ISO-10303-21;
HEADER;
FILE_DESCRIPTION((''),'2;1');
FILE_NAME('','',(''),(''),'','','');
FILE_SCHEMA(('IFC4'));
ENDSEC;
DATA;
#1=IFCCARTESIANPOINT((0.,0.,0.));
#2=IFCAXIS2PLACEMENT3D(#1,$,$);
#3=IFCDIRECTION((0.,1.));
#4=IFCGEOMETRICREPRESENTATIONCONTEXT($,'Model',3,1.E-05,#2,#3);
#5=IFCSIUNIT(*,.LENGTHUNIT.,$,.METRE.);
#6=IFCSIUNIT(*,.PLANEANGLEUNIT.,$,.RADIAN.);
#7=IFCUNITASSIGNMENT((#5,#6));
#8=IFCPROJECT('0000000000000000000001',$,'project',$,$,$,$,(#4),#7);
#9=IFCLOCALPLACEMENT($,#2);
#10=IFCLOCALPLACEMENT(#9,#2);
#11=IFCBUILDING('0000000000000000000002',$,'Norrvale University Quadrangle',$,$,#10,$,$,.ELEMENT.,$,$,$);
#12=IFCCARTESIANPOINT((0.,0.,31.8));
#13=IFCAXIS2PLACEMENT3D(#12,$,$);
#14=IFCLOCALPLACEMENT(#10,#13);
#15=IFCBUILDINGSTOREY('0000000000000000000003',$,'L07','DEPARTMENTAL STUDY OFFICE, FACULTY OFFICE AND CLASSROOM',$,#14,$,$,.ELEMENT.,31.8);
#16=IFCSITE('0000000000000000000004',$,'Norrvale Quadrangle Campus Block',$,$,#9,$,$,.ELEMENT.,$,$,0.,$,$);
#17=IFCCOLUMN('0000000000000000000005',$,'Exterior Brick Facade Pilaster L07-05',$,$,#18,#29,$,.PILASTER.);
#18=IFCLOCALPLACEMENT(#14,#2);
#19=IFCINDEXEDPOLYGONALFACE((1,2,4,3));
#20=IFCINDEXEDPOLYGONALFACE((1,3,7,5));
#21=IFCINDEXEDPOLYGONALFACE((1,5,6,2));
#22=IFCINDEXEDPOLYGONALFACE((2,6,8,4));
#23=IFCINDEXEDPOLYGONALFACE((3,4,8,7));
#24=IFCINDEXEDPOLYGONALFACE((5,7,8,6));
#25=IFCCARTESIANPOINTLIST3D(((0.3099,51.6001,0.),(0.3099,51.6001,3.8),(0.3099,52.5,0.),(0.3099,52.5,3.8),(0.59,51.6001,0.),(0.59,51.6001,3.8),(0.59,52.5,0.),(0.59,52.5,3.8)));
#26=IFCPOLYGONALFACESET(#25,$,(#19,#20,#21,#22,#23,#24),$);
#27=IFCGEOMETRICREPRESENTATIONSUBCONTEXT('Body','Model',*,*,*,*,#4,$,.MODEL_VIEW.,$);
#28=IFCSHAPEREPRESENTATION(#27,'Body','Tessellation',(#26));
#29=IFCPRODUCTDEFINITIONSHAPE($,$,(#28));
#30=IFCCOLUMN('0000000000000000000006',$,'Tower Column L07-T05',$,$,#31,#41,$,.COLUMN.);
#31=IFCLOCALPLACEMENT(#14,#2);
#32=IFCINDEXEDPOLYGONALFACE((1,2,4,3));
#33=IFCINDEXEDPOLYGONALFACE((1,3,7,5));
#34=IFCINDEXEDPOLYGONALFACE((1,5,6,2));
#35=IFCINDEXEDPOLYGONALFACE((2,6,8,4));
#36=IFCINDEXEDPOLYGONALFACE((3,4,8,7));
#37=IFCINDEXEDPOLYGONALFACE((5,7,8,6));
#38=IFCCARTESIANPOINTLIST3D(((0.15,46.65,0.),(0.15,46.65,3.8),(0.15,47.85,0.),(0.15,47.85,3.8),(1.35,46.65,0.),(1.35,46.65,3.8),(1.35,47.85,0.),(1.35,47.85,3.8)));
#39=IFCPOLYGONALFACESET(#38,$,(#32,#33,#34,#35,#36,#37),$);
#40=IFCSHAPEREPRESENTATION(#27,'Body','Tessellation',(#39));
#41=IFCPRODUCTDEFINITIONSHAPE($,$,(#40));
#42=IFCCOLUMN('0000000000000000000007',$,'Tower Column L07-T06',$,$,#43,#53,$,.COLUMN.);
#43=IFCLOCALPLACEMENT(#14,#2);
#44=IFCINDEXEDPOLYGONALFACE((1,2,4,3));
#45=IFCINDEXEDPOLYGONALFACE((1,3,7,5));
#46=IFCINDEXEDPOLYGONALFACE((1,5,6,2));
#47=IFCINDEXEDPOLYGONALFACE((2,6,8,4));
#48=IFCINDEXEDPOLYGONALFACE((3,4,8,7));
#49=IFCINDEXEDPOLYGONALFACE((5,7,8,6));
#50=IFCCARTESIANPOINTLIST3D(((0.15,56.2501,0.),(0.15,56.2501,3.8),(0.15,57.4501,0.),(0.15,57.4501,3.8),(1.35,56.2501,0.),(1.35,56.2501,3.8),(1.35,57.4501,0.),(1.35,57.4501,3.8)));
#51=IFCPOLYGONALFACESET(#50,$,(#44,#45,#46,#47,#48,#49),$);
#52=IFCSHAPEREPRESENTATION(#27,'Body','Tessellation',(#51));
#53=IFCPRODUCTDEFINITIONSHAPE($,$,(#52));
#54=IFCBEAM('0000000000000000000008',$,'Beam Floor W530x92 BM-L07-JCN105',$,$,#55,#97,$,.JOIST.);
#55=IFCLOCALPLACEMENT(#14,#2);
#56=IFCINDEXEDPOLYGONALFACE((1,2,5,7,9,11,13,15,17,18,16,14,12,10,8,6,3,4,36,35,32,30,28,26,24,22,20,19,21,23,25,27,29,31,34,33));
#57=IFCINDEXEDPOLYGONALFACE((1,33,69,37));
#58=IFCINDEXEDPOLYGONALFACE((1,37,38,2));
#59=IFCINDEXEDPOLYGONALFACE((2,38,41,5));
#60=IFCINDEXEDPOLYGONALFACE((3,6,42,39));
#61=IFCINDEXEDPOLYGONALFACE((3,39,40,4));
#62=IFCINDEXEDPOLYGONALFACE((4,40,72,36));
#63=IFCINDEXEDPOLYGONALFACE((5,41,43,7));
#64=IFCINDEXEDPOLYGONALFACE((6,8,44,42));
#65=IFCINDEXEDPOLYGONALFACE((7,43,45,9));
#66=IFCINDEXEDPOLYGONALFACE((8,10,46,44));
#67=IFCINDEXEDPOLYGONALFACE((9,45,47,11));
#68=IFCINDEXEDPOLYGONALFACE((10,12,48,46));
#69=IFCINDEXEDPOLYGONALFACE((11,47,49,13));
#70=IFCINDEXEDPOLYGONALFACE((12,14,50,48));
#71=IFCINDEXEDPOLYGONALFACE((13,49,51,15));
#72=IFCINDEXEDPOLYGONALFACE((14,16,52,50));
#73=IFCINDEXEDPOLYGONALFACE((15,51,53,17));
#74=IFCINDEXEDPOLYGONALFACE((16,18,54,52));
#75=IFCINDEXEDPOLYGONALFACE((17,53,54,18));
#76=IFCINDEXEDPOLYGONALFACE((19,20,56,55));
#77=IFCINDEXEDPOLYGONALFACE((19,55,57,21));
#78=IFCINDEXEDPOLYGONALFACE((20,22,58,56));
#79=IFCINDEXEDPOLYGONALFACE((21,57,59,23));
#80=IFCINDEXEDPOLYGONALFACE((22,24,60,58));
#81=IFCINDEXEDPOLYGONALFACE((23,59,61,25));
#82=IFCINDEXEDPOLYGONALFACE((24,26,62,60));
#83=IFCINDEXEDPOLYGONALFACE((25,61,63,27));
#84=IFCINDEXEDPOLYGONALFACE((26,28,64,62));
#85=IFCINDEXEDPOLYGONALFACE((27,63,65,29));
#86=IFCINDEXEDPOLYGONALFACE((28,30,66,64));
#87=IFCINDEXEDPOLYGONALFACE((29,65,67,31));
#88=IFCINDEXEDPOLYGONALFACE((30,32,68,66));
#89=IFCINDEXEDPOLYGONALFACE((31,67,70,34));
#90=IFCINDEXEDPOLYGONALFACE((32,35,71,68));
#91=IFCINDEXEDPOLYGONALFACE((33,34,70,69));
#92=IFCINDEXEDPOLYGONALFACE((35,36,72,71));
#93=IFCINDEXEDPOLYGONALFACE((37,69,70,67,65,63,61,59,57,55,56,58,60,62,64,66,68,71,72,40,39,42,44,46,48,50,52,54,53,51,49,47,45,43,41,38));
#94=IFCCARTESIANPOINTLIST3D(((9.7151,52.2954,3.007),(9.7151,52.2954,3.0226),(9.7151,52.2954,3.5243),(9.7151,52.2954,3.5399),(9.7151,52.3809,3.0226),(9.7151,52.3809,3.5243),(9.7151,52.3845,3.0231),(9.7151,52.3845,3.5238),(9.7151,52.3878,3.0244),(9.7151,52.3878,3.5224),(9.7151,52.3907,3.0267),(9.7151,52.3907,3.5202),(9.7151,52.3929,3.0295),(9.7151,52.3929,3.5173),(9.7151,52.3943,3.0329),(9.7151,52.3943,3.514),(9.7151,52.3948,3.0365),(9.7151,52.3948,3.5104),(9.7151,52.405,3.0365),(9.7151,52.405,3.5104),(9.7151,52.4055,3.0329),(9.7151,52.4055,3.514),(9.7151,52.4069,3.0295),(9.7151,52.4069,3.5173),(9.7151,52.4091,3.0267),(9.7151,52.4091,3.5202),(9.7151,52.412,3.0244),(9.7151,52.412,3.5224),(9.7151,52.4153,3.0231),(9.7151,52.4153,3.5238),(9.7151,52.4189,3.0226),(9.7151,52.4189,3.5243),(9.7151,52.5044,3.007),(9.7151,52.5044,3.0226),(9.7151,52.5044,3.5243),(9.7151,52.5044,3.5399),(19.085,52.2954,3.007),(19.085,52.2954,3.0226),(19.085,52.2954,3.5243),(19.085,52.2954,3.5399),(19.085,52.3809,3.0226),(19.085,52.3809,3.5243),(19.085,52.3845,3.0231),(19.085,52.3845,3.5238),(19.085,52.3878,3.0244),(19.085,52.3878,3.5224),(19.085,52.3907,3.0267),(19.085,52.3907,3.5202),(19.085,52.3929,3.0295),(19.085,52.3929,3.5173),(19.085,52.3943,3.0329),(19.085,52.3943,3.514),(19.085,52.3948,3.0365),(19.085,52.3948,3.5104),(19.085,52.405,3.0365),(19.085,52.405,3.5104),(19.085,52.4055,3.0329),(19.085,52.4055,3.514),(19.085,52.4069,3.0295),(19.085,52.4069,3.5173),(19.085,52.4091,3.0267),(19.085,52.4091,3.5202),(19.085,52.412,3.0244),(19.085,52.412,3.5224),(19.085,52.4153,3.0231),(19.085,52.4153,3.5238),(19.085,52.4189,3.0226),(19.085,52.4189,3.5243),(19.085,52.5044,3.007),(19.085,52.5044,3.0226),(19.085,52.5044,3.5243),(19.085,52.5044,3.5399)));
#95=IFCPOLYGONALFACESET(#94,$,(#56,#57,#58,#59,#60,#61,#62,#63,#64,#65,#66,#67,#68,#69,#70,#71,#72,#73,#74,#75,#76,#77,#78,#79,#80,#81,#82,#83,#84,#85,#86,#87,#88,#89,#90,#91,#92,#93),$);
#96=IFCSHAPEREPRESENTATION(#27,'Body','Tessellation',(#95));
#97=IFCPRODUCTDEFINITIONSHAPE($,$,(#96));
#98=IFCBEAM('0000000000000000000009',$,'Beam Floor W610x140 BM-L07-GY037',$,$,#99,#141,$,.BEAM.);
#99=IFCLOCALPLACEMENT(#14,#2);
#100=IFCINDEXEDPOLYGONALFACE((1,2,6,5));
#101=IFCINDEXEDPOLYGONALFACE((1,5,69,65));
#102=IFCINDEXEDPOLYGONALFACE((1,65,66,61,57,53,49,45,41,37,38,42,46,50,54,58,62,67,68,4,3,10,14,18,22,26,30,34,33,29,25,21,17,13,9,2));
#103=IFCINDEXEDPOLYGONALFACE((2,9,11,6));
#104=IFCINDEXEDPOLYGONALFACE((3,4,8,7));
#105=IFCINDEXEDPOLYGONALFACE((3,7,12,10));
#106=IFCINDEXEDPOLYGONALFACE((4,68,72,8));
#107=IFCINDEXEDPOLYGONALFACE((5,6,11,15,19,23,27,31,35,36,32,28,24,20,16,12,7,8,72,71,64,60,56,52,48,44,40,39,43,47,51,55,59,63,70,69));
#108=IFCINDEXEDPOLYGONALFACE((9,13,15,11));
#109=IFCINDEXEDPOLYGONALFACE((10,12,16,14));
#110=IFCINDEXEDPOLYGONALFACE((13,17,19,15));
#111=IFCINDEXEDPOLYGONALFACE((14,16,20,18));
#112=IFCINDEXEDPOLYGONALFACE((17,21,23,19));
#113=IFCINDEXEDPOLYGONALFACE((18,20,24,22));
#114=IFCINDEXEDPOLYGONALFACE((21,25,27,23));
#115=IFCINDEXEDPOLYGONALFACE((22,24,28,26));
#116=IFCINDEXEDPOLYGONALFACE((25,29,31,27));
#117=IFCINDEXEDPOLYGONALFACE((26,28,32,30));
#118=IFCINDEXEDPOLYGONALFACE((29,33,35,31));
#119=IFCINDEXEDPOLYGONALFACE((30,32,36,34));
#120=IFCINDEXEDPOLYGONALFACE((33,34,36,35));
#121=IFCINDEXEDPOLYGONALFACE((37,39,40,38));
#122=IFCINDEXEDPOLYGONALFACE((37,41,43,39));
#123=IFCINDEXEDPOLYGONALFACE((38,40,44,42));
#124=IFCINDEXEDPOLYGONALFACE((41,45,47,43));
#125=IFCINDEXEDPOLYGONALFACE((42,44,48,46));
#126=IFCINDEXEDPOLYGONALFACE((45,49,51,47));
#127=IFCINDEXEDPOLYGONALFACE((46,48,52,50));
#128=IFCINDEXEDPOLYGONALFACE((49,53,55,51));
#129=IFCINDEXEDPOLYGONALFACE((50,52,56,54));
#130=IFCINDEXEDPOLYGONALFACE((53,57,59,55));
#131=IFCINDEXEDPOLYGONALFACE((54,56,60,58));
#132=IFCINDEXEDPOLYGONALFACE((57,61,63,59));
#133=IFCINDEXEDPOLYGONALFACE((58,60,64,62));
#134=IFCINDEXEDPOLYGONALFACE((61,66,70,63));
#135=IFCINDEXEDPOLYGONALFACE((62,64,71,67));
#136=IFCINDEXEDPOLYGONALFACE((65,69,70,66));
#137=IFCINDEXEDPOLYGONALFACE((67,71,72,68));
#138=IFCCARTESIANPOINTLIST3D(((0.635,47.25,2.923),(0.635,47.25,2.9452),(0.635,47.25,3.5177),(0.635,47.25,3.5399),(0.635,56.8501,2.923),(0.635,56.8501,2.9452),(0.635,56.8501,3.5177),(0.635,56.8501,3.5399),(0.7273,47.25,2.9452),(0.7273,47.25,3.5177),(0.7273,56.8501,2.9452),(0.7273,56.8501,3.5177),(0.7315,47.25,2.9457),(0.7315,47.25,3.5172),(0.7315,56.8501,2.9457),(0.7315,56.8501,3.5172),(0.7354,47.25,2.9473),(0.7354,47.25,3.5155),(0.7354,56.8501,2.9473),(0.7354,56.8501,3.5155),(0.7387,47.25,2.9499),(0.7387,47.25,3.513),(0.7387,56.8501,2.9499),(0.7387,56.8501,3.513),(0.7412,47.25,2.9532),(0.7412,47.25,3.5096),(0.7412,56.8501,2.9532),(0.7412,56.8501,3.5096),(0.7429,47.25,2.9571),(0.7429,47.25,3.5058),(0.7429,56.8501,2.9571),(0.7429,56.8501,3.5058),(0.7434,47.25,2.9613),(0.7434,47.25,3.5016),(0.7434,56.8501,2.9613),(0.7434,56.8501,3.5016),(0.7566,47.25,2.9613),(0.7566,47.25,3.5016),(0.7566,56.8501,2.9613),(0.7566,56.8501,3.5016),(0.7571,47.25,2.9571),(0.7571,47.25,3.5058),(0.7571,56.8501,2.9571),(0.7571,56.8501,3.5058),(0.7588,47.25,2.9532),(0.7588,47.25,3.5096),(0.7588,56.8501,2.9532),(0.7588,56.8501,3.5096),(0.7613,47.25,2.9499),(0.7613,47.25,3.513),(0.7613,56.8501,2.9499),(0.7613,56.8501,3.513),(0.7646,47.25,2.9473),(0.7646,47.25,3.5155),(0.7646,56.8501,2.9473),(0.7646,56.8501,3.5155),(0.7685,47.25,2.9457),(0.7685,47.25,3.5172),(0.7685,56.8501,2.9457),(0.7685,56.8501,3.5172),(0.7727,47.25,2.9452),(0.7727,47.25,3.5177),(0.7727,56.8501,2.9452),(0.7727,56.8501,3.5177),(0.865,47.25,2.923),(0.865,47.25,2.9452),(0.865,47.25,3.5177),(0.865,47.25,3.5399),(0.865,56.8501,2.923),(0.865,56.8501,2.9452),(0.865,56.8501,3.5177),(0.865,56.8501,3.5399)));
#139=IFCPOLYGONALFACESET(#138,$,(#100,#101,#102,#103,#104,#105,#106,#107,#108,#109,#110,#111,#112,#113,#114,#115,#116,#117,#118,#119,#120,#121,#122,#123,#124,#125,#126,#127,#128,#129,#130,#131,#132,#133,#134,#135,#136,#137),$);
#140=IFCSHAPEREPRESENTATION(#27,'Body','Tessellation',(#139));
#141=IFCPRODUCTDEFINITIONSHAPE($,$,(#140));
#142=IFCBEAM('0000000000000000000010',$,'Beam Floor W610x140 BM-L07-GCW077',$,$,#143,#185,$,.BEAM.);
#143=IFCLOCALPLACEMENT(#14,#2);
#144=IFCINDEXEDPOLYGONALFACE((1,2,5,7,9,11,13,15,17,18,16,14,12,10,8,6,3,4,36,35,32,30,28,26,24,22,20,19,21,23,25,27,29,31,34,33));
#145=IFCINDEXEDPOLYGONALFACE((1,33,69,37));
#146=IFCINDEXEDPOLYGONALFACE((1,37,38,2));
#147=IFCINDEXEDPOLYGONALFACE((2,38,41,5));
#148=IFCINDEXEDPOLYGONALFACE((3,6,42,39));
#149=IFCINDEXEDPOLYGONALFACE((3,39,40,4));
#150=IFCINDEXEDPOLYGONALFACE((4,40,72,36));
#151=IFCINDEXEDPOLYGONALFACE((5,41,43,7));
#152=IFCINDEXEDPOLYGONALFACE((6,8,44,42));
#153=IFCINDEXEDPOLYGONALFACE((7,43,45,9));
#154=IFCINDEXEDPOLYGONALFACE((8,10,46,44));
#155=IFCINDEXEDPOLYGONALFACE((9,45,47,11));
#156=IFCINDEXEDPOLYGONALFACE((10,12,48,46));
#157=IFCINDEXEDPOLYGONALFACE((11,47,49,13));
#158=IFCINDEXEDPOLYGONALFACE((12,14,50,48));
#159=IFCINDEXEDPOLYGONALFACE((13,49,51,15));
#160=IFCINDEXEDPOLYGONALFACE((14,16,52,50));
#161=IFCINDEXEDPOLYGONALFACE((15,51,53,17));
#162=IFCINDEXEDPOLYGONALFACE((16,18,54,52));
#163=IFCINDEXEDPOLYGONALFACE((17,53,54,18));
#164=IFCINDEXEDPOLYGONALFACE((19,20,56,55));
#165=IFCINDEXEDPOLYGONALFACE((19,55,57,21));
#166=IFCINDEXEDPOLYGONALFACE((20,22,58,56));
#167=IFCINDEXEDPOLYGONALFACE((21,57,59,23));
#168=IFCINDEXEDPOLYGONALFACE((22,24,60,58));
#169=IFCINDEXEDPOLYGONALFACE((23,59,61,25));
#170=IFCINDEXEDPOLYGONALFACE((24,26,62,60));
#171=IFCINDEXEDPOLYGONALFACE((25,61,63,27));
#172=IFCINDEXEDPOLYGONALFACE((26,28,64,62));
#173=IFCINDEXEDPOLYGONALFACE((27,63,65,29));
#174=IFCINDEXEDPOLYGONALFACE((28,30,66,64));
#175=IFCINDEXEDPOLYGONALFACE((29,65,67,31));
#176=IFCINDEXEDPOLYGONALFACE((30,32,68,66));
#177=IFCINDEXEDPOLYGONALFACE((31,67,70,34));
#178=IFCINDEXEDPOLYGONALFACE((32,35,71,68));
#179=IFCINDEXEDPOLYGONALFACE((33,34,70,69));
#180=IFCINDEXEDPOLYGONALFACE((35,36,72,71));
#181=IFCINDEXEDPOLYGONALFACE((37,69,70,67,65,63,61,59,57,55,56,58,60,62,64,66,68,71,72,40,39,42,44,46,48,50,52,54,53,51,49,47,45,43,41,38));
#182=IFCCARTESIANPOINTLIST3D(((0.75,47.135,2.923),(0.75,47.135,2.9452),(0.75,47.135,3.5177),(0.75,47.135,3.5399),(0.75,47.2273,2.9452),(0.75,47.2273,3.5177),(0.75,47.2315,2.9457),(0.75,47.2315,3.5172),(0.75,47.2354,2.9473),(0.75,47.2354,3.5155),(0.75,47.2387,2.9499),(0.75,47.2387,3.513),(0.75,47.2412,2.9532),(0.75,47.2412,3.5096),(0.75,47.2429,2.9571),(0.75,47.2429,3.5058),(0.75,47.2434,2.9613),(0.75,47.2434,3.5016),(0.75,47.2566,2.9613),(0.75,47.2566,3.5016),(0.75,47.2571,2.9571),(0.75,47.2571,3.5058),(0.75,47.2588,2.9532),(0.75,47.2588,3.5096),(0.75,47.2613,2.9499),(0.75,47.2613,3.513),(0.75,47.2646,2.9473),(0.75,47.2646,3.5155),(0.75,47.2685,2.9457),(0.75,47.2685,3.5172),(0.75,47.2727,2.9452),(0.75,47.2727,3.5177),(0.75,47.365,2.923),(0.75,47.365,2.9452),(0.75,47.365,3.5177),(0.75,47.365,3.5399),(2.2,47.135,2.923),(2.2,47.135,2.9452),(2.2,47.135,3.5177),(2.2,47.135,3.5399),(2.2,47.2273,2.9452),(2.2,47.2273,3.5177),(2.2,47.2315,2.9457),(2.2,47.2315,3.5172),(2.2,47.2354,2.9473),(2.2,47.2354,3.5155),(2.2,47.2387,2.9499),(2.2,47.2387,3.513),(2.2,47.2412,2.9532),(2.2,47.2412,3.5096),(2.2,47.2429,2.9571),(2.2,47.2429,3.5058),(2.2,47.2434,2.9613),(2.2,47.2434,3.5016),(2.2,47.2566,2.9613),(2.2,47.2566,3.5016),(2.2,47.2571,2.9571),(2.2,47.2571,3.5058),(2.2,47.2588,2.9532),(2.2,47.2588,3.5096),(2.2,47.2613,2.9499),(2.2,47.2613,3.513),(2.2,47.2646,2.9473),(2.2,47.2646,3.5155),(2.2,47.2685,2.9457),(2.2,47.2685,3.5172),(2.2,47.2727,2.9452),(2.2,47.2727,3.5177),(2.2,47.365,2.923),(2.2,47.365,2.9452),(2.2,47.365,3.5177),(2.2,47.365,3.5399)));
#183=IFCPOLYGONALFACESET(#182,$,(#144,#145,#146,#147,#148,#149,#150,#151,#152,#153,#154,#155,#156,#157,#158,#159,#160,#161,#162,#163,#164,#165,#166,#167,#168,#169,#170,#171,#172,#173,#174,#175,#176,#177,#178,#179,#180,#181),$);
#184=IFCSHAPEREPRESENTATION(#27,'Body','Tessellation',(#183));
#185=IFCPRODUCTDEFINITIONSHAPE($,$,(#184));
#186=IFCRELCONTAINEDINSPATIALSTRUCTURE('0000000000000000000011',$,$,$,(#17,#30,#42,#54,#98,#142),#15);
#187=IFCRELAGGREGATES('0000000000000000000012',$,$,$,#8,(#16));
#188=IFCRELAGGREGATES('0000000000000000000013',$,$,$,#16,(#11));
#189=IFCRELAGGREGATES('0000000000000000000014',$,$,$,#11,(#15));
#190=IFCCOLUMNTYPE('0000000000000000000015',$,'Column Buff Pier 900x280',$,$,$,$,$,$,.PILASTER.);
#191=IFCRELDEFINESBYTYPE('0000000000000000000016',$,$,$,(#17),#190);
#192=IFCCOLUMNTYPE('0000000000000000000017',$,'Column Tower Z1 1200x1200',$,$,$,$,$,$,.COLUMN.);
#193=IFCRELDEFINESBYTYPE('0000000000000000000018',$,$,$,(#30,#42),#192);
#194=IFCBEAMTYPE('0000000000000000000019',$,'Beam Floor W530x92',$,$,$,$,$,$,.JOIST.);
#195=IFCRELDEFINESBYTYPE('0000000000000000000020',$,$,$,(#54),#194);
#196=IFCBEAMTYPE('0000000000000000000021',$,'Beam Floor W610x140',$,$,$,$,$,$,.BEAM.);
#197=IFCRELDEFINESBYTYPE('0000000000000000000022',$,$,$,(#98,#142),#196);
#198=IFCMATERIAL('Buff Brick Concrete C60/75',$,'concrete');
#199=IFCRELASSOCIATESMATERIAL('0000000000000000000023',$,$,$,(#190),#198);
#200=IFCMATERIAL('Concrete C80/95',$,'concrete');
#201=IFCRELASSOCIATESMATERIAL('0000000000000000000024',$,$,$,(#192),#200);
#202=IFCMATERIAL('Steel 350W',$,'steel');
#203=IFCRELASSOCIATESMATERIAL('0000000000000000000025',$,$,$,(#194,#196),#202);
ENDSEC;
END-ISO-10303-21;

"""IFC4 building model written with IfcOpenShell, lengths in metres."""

from ifc_helpers import new_model, si_unit, direction, frame, origin, origin_2d, place, context, subcontext, project, spatial, rectangle, i_section, extrude, material, material_profile, profile_set, type_object, element, save


model = new_model("IFC4")

# Units and contexts
model_context = context("Model", 3, precision=1e-05, world=origin(), true_north=direction((0.0, 1.0)))
body_context = subcontext(model_context, "Body", "Model", "MODEL_VIEW")
ifc_project = project(units=[si_unit("LENGTHUNIT", "METRE"), si_unit("PLANEANGLEUNIT", "RADIAN")], contexts=[model_context])

# Site, building, storey
site_placement = place(None, origin())
site = spatial("IfcSite", under=ifc_project, at=site_placement, Name="Norrvale Quadrangle Campus Block", CompositionType="ELEMENT", RefElevation=0.0)
building_placement = place(site_placement, origin())
building = spatial("IfcBuilding", under=site, at=building_placement, Name="Norrvale University Quadrangle", CompositionType="ELEMENT")
storey_placement = place(building_placement, frame((0.0, 0.0, 31.8)))
storey = spatial("IfcBuildingStorey", under=building, at=storey_placement, Name="L07", Description="DEPARTMENTAL STUDY OFFICE, FACULTY OFFICE AND CLASSROOM", CompositionType="ELEMENT", Elevation=31.8)

# Columns
ifc_material_1 = material(Name="Buff Brick Concrete C60/75", Category="concrete")
ifc_material_profile_1 = material_profile(ifc_material_1, rectangle(XDim=0.8999, YDim=0.28, at=origin_2d()), Name="Buff Brick Concrete C60/75")
ifc_profile_set_1 = profile_set([ifc_material_profile_1], Name="Buff Brick Concrete C60/75")
column_type_1 = type_object("IfcColumnType", Name="Column Buff Pier 900x280", PredefinedType="PILASTER", material=ifc_profile_set_1)
column_placement = place(storey_placement, frame((0.45, 52.05, 0.0), z_axis=(0.0, 0.0, 1.0), x_axis=(0.0, 1.0, 0.0)))
element("IfcColumn", 1, at=column_placement, inside=storey, type_object=column_type_1, Name="Exterior Brick Facade Pilaster L07-05", PredefinedType="PILASTER", context=body_context, shape_type="SweptSolid", body=[
    extrude(rectangle(XDim=0.8999, YDim=0.28, at=origin_2d()), origin(), (0.0, 0.0, 1.0), 3.8),
])
ifc_material_2 = material(Name="Concrete C80/95", Category="concrete")
ifc_material_profile_2 = material_profile(ifc_material_2, rectangle(XDim=1.2, YDim=1.2, at=origin_2d()), Name="Concrete C80/95")
ifc_profile_set_2 = profile_set([ifc_material_profile_2], Name="Concrete C80/95")
column_type_2 = type_object("IfcColumnType", Name="Column Tower Z1 1200x1200", PredefinedType="COLUMN", material=ifc_profile_set_2)
for number, where, z_axis, x_axis, name in (
    (2, (0.75, 47.25, 0.0), (0.0, 0.0, 1.0), (1.0, 0.0, 0.0), "Tower Column L07-T05"),
    (3, (0.75, 56.8501, 0.0), (0.0, 0.0, 1.0), (1.0, 0.0, 0.0), "Tower Column L07-T06"),
):
    element("IfcColumn", number, at=place(storey_placement, frame(where, z_axis=z_axis, x_axis=x_axis)), inside=storey, type_object=column_type_2, Name=name, PredefinedType="COLUMN", context=body_context, shape_type="SweptSolid", body=[
        extrude(rectangle(XDim=1.2, YDim=1.2, at=origin_2d()), origin(), (0.0, 0.0, 1.0), 3.8),
    ])

# Beams
ifc_material_3 = material(Name="Steel 350W", Category="steel")
ifc_material_profile_3 = material_profile(ifc_material_3, i_section(OverallWidth=0.209, OverallDepth=0.533, WebThickness=0.0103, FlangeThickness=0.0156, FilletRadius=0.0139, at=origin_2d()), Name="Steel 350W")
ifc_profile_set_3 = profile_set([ifc_material_profile_3], Name="Steel 350W")
beam_type_1 = type_object("IfcBeamType", Name="Beam Floor W530x92", PredefinedType="JOIST", material=ifc_profile_set_3)
beam_1_placement = place(storey_placement, frame((9.7151, 52.3999, 3.2734), z_axis=(1.0, 0.0, 0.0), x_axis=(0.0, 1.0, 0.0)))
element("IfcBeam", 4, at=beam_1_placement, inside=storey, type_object=beam_type_1, Name="Beam Floor W530x92 BM-L07-JCN105", PredefinedType="JOIST", context=body_context, shape_type="SweptSolid", body=[
    extrude(i_section(OverallWidth=0.209, OverallDepth=0.533, WebThickness=0.0103, FlangeThickness=0.0156, FilletRadius=0.0139, at=origin_2d()), origin(), (0.0, 0.0, 1.0), 9.3699),
])
ifc_material_profile_4 = material_profile(ifc_material_3, i_section(OverallWidth=0.23, OverallDepth=0.6169, WebThickness=0.0132, FlangeThickness=0.0222, FilletRadius=0.0161, at=origin_2d()), Name="Steel 350W")
ifc_profile_set_4 = profile_set([ifc_material_profile_4], Name="Steel 350W")
beam_type_2 = type_object("IfcBeamType", Name="Beam Floor W610x140", PredefinedType="BEAM", material=ifc_profile_set_4)
beam_2_placement = place(storey_placement, frame((0.75, 47.25, 3.2314), z_axis=(0.0, 1.0, 0.0), x_axis=(-1.0, 0.0, 0.0)))
element("IfcBeam", 5, at=beam_2_placement, inside=storey, type_object=beam_type_2, Name="Beam Floor W610x140 BM-L07-GY037", PredefinedType="BEAM", context=body_context, shape_type="SweptSolid", body=[
    extrude(i_section(OverallWidth=0.23, OverallDepth=0.6169, WebThickness=0.0132, FlangeThickness=0.0222, FilletRadius=0.0161, at=origin_2d()), origin(), (0.0, 0.0, 1.0), 9.6001),
])
beam_3_placement = place(storey_placement, frame((0.75, 47.25, 3.2314), z_axis=(1.0, 0.0, 0.0), x_axis=(0.0, 1.0, 0.0)))
element("IfcBeam", 6, at=beam_3_placement, inside=storey, type_object=beam_type_2, Name="Beam Floor W610x140 BM-L07-GCW077", PredefinedType="BEAM", context=body_context, shape_type="SweptSolid", body=[
    extrude(i_section(OverallWidth=0.23, OverallDepth=0.6169, WebThickness=0.0132, FlangeThickness=0.0222, FilletRadius=0.0161, at=origin_2d()), origin(), (0.0, 0.0, 1.0), 1.45),
])

save(model, "model.ifc")
